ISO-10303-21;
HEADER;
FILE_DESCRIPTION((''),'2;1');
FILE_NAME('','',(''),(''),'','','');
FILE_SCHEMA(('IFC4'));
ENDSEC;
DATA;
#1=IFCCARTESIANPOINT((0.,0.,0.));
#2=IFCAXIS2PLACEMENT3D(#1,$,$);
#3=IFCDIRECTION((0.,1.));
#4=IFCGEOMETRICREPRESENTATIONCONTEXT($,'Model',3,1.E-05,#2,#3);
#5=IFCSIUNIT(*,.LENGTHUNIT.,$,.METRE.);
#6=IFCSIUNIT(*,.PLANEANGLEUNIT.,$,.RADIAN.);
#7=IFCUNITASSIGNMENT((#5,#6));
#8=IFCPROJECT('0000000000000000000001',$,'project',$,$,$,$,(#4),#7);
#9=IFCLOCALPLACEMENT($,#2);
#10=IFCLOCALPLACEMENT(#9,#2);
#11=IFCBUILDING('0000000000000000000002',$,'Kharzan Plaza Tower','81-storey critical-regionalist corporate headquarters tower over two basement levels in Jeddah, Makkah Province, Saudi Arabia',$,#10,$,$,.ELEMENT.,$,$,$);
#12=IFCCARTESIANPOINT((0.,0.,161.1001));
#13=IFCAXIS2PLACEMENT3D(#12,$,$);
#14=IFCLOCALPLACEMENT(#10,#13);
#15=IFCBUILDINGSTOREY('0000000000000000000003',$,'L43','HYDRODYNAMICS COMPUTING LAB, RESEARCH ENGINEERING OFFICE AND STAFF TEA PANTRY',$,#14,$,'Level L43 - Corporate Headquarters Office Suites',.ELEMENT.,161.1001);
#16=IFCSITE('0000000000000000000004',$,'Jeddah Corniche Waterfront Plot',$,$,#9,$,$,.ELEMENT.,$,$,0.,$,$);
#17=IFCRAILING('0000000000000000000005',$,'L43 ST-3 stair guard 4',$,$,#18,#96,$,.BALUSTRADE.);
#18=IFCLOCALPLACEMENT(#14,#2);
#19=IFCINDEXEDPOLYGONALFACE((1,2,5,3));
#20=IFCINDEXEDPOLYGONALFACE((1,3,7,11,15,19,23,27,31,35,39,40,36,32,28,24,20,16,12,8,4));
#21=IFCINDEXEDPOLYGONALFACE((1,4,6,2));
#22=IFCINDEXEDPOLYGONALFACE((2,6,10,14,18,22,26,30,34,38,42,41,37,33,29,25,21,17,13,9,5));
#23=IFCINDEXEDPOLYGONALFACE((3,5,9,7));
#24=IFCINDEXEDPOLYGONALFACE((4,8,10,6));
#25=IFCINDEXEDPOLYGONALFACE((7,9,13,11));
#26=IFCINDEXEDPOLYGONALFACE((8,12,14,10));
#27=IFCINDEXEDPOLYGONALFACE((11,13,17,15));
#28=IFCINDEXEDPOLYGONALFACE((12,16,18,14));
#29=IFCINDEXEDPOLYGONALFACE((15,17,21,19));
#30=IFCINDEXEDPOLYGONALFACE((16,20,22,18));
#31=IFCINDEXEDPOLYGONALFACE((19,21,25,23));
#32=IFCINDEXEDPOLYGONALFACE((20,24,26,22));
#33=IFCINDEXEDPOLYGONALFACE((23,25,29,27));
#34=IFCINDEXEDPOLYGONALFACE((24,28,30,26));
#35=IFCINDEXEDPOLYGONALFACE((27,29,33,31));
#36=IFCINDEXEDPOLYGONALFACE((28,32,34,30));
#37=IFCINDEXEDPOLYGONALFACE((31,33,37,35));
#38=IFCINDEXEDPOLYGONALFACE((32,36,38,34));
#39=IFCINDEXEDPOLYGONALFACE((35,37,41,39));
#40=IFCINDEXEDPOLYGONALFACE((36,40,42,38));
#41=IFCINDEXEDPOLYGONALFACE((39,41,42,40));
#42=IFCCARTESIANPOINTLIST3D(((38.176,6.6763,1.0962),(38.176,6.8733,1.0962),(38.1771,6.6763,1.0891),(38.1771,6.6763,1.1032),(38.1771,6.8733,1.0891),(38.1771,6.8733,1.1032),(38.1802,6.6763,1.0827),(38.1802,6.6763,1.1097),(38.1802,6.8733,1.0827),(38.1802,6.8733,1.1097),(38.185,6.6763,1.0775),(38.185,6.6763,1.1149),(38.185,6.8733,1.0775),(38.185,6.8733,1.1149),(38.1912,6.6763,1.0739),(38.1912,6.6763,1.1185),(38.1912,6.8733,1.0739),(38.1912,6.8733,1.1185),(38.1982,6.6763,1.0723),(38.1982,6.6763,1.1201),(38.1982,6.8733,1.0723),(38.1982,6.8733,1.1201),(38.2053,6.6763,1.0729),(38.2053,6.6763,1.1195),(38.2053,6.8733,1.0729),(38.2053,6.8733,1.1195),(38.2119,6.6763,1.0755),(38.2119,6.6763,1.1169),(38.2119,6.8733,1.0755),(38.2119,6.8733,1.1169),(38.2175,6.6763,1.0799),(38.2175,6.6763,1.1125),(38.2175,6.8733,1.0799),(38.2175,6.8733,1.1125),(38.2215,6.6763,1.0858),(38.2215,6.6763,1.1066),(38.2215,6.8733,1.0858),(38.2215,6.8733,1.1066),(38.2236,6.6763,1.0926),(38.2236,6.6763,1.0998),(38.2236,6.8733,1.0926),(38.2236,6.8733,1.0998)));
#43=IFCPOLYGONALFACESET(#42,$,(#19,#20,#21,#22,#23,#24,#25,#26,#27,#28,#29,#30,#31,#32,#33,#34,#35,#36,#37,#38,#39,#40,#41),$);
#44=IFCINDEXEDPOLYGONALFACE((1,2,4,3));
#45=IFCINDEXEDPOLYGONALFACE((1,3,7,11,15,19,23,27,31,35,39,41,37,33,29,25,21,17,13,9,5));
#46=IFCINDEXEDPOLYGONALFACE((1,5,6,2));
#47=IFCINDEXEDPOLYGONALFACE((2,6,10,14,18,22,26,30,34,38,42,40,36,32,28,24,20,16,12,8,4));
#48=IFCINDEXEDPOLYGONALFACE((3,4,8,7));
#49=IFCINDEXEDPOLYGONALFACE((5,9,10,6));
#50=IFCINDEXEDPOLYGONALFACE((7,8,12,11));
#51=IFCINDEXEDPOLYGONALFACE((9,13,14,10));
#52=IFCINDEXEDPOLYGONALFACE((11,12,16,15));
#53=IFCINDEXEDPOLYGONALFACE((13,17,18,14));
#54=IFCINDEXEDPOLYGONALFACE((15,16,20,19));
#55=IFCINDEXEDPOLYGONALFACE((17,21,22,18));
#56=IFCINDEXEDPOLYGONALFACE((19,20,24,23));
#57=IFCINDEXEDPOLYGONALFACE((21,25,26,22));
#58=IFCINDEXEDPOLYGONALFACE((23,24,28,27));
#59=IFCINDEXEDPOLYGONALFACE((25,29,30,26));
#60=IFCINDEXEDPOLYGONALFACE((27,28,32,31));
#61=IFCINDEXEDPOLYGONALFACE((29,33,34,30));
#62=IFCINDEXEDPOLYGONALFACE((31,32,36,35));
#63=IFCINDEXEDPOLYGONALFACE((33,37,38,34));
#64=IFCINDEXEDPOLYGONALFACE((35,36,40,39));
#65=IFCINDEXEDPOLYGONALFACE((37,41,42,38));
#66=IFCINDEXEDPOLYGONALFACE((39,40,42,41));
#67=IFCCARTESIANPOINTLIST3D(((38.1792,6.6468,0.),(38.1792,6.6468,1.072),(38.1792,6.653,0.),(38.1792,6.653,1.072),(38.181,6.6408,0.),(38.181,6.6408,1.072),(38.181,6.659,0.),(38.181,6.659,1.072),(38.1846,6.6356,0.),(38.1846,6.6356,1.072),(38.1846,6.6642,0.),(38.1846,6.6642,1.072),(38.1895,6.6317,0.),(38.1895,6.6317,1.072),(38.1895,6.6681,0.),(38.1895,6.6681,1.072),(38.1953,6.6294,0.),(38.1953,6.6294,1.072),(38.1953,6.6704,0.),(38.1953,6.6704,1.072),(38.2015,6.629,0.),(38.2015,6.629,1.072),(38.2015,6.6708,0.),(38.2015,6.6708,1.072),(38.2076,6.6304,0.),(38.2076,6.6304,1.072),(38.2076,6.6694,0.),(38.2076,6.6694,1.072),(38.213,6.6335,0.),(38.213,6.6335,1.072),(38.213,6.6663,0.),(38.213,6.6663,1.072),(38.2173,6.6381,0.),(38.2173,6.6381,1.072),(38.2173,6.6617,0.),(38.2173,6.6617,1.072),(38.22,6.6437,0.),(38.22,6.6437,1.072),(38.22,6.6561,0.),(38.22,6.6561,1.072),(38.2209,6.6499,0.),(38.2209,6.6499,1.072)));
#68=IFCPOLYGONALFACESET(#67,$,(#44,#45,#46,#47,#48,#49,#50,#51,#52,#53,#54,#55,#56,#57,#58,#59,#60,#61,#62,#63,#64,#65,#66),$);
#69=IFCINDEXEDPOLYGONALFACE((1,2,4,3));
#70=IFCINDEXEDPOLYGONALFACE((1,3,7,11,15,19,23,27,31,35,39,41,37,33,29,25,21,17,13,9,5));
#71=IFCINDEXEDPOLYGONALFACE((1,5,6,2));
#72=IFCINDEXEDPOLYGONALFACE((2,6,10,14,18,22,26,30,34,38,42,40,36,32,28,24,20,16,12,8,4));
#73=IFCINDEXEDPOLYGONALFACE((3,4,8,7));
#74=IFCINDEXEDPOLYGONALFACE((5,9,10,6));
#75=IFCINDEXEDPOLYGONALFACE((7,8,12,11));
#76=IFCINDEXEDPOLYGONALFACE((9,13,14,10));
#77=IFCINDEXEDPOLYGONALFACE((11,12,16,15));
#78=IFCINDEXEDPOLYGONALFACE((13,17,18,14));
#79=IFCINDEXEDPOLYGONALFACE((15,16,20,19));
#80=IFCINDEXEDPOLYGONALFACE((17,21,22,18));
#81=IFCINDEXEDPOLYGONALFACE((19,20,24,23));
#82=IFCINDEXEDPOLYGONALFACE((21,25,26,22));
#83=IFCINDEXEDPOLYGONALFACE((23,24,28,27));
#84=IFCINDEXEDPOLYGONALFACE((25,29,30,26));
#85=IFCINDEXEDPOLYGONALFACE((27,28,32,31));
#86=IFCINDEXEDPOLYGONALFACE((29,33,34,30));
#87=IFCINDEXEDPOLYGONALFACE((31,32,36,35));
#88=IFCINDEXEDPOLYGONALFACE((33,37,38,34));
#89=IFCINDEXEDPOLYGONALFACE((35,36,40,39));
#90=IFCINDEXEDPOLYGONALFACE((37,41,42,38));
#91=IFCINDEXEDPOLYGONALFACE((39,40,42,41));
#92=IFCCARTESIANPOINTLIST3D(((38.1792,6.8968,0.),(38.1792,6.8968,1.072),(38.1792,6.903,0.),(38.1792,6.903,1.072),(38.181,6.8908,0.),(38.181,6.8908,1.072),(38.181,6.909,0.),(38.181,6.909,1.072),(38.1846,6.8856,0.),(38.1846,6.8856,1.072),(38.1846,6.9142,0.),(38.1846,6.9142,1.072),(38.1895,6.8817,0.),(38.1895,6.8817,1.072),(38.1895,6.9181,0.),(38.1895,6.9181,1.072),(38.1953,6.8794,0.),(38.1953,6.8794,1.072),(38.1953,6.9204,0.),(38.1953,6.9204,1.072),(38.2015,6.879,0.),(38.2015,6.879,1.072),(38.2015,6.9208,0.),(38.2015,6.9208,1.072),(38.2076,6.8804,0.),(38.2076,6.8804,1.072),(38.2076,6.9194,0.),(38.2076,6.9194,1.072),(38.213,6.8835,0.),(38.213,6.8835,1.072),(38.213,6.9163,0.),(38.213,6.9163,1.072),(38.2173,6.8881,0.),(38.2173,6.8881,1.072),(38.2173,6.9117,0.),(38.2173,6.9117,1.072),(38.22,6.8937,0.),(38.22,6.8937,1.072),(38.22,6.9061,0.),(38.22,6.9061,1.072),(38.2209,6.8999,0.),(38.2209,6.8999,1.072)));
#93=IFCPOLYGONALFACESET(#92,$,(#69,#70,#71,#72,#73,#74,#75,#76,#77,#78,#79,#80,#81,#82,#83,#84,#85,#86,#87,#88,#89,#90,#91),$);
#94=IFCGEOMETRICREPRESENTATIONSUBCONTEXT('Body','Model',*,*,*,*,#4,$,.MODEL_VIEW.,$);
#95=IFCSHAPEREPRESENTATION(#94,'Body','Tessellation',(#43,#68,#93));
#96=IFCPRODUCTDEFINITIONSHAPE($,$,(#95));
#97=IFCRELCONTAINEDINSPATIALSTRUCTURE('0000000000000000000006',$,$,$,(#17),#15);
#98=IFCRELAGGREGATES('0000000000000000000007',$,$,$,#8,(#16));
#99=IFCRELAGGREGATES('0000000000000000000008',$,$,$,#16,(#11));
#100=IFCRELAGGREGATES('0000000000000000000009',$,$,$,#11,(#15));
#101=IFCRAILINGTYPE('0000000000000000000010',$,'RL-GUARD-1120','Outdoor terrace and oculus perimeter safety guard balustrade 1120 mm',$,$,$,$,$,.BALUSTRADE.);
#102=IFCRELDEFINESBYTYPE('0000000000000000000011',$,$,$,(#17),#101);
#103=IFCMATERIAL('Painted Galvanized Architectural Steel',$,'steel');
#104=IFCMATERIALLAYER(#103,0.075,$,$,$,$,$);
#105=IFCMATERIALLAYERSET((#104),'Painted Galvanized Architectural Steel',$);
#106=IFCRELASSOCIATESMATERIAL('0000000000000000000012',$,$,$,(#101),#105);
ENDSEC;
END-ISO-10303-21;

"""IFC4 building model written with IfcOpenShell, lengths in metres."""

from ifc_helpers import new_model, si_unit, direction, frame, origin, origin_2d, place, context, subcontext, project, spatial, circle, extrude, source, transform, mapped, material, layer, layer_set, type_object, element, save


model = new_model("IFC4")

# Units and contexts
model_context = context("Model", 3, precision=1e-05, world=origin(), true_north=direction((0.0, 1.0)))
body_context = subcontext(model_context, "Body", "Model", "MODEL_VIEW")
ifc_project = project(units=[si_unit("LENGTHUNIT", "METRE"), si_unit("PLANEANGLEUNIT", "RADIAN")], contexts=[model_context])

# Site, building, storey
site_placement = place(None, origin())
site = spatial("IfcSite", under=ifc_project, at=site_placement, Name="Jeddah Corniche Waterfront Plot", CompositionType="ELEMENT", RefElevation=0.0)
building_placement = place(site_placement, origin())
building = spatial("IfcBuilding", under=site, at=building_placement, Name="Kharzan Plaza Tower", Description="81-storey critical-regionalist corporate headquarters tower over two basement levels in Jeddah, Makkah Province, Saudi Arabia", CompositionType="ELEMENT")
storey_placement = place(building_placement, frame((0.0, 0.0, 161.1001)))
storey = spatial("IfcBuildingStorey", under=building, at=storey_placement, Name="L43", Description="HYDRODYNAMICS COMPUTING LAB, RESEARCH ENGINEERING OFFICE AND STAFF TEA PANTRY", LongName="Level L43 - Corporate Headquarters Office Suites", CompositionType="ELEMENT", Elevation=161.1001)

# Railing
ifc_material_1 = material(Name="Painted Galvanized Architectural Steel", Category="steel")
ifc_layer_1 = layer(ifc_material_1, 0.075)
ifc_layer_set_1 = layer_set([ifc_layer_1], Name="Painted Galvanized Architectural Steel")
railing_type_1 = type_object("IfcRailingType", Name="RL-GUARD-1120", Description="Outdoor terrace and oculus perimeter safety guard balustrade 1120 mm", PredefinedType="BALUSTRADE", material=ifc_layer_set_1)
shared_shape_1 = source(origin(), body_context, "Body", "SweptSolid", [
    extrude(circle(Radius=0.0239, at=origin_2d()), frame((0.0, 0.0264, 1.0962), z_axis=(0.0, 1.0, 0.0), x_axis=(-1.0, 0.0, 0.0)), (0.0, 0.0, 1.0), 0.197),
    extrude(circle(Radius=0.021, at=origin_2d()), origin(), (0.0, 0.0, 1.0), 1.072),
    extrude(circle(Radius=0.021, at=origin_2d()), frame((0.0, 0.25, 0.0)), (0.0, 0.0, 1.0), 1.072),
])
railing_1_placement = place(storey_placement, frame((38.2, 6.6499, 0.0)))
element("IfcRailing", 1, at=railing_1_placement, inside=storey, type_object=railing_type_1, Name="L43 ST-3 stair guard 4", PredefinedType="BALUSTRADE", context=body_context, shape_type="MappedRepresentation", body=[
    mapped(shared_shape_1, transform((0.0, 0.0, 0.0), x_axis=(1.0, 0.0, 0.0), y_axis=(0.0, 1.0, 0.0), z_axis=(0.0, 0.0, 1.0))),
])

save(model, "model.ifc")
